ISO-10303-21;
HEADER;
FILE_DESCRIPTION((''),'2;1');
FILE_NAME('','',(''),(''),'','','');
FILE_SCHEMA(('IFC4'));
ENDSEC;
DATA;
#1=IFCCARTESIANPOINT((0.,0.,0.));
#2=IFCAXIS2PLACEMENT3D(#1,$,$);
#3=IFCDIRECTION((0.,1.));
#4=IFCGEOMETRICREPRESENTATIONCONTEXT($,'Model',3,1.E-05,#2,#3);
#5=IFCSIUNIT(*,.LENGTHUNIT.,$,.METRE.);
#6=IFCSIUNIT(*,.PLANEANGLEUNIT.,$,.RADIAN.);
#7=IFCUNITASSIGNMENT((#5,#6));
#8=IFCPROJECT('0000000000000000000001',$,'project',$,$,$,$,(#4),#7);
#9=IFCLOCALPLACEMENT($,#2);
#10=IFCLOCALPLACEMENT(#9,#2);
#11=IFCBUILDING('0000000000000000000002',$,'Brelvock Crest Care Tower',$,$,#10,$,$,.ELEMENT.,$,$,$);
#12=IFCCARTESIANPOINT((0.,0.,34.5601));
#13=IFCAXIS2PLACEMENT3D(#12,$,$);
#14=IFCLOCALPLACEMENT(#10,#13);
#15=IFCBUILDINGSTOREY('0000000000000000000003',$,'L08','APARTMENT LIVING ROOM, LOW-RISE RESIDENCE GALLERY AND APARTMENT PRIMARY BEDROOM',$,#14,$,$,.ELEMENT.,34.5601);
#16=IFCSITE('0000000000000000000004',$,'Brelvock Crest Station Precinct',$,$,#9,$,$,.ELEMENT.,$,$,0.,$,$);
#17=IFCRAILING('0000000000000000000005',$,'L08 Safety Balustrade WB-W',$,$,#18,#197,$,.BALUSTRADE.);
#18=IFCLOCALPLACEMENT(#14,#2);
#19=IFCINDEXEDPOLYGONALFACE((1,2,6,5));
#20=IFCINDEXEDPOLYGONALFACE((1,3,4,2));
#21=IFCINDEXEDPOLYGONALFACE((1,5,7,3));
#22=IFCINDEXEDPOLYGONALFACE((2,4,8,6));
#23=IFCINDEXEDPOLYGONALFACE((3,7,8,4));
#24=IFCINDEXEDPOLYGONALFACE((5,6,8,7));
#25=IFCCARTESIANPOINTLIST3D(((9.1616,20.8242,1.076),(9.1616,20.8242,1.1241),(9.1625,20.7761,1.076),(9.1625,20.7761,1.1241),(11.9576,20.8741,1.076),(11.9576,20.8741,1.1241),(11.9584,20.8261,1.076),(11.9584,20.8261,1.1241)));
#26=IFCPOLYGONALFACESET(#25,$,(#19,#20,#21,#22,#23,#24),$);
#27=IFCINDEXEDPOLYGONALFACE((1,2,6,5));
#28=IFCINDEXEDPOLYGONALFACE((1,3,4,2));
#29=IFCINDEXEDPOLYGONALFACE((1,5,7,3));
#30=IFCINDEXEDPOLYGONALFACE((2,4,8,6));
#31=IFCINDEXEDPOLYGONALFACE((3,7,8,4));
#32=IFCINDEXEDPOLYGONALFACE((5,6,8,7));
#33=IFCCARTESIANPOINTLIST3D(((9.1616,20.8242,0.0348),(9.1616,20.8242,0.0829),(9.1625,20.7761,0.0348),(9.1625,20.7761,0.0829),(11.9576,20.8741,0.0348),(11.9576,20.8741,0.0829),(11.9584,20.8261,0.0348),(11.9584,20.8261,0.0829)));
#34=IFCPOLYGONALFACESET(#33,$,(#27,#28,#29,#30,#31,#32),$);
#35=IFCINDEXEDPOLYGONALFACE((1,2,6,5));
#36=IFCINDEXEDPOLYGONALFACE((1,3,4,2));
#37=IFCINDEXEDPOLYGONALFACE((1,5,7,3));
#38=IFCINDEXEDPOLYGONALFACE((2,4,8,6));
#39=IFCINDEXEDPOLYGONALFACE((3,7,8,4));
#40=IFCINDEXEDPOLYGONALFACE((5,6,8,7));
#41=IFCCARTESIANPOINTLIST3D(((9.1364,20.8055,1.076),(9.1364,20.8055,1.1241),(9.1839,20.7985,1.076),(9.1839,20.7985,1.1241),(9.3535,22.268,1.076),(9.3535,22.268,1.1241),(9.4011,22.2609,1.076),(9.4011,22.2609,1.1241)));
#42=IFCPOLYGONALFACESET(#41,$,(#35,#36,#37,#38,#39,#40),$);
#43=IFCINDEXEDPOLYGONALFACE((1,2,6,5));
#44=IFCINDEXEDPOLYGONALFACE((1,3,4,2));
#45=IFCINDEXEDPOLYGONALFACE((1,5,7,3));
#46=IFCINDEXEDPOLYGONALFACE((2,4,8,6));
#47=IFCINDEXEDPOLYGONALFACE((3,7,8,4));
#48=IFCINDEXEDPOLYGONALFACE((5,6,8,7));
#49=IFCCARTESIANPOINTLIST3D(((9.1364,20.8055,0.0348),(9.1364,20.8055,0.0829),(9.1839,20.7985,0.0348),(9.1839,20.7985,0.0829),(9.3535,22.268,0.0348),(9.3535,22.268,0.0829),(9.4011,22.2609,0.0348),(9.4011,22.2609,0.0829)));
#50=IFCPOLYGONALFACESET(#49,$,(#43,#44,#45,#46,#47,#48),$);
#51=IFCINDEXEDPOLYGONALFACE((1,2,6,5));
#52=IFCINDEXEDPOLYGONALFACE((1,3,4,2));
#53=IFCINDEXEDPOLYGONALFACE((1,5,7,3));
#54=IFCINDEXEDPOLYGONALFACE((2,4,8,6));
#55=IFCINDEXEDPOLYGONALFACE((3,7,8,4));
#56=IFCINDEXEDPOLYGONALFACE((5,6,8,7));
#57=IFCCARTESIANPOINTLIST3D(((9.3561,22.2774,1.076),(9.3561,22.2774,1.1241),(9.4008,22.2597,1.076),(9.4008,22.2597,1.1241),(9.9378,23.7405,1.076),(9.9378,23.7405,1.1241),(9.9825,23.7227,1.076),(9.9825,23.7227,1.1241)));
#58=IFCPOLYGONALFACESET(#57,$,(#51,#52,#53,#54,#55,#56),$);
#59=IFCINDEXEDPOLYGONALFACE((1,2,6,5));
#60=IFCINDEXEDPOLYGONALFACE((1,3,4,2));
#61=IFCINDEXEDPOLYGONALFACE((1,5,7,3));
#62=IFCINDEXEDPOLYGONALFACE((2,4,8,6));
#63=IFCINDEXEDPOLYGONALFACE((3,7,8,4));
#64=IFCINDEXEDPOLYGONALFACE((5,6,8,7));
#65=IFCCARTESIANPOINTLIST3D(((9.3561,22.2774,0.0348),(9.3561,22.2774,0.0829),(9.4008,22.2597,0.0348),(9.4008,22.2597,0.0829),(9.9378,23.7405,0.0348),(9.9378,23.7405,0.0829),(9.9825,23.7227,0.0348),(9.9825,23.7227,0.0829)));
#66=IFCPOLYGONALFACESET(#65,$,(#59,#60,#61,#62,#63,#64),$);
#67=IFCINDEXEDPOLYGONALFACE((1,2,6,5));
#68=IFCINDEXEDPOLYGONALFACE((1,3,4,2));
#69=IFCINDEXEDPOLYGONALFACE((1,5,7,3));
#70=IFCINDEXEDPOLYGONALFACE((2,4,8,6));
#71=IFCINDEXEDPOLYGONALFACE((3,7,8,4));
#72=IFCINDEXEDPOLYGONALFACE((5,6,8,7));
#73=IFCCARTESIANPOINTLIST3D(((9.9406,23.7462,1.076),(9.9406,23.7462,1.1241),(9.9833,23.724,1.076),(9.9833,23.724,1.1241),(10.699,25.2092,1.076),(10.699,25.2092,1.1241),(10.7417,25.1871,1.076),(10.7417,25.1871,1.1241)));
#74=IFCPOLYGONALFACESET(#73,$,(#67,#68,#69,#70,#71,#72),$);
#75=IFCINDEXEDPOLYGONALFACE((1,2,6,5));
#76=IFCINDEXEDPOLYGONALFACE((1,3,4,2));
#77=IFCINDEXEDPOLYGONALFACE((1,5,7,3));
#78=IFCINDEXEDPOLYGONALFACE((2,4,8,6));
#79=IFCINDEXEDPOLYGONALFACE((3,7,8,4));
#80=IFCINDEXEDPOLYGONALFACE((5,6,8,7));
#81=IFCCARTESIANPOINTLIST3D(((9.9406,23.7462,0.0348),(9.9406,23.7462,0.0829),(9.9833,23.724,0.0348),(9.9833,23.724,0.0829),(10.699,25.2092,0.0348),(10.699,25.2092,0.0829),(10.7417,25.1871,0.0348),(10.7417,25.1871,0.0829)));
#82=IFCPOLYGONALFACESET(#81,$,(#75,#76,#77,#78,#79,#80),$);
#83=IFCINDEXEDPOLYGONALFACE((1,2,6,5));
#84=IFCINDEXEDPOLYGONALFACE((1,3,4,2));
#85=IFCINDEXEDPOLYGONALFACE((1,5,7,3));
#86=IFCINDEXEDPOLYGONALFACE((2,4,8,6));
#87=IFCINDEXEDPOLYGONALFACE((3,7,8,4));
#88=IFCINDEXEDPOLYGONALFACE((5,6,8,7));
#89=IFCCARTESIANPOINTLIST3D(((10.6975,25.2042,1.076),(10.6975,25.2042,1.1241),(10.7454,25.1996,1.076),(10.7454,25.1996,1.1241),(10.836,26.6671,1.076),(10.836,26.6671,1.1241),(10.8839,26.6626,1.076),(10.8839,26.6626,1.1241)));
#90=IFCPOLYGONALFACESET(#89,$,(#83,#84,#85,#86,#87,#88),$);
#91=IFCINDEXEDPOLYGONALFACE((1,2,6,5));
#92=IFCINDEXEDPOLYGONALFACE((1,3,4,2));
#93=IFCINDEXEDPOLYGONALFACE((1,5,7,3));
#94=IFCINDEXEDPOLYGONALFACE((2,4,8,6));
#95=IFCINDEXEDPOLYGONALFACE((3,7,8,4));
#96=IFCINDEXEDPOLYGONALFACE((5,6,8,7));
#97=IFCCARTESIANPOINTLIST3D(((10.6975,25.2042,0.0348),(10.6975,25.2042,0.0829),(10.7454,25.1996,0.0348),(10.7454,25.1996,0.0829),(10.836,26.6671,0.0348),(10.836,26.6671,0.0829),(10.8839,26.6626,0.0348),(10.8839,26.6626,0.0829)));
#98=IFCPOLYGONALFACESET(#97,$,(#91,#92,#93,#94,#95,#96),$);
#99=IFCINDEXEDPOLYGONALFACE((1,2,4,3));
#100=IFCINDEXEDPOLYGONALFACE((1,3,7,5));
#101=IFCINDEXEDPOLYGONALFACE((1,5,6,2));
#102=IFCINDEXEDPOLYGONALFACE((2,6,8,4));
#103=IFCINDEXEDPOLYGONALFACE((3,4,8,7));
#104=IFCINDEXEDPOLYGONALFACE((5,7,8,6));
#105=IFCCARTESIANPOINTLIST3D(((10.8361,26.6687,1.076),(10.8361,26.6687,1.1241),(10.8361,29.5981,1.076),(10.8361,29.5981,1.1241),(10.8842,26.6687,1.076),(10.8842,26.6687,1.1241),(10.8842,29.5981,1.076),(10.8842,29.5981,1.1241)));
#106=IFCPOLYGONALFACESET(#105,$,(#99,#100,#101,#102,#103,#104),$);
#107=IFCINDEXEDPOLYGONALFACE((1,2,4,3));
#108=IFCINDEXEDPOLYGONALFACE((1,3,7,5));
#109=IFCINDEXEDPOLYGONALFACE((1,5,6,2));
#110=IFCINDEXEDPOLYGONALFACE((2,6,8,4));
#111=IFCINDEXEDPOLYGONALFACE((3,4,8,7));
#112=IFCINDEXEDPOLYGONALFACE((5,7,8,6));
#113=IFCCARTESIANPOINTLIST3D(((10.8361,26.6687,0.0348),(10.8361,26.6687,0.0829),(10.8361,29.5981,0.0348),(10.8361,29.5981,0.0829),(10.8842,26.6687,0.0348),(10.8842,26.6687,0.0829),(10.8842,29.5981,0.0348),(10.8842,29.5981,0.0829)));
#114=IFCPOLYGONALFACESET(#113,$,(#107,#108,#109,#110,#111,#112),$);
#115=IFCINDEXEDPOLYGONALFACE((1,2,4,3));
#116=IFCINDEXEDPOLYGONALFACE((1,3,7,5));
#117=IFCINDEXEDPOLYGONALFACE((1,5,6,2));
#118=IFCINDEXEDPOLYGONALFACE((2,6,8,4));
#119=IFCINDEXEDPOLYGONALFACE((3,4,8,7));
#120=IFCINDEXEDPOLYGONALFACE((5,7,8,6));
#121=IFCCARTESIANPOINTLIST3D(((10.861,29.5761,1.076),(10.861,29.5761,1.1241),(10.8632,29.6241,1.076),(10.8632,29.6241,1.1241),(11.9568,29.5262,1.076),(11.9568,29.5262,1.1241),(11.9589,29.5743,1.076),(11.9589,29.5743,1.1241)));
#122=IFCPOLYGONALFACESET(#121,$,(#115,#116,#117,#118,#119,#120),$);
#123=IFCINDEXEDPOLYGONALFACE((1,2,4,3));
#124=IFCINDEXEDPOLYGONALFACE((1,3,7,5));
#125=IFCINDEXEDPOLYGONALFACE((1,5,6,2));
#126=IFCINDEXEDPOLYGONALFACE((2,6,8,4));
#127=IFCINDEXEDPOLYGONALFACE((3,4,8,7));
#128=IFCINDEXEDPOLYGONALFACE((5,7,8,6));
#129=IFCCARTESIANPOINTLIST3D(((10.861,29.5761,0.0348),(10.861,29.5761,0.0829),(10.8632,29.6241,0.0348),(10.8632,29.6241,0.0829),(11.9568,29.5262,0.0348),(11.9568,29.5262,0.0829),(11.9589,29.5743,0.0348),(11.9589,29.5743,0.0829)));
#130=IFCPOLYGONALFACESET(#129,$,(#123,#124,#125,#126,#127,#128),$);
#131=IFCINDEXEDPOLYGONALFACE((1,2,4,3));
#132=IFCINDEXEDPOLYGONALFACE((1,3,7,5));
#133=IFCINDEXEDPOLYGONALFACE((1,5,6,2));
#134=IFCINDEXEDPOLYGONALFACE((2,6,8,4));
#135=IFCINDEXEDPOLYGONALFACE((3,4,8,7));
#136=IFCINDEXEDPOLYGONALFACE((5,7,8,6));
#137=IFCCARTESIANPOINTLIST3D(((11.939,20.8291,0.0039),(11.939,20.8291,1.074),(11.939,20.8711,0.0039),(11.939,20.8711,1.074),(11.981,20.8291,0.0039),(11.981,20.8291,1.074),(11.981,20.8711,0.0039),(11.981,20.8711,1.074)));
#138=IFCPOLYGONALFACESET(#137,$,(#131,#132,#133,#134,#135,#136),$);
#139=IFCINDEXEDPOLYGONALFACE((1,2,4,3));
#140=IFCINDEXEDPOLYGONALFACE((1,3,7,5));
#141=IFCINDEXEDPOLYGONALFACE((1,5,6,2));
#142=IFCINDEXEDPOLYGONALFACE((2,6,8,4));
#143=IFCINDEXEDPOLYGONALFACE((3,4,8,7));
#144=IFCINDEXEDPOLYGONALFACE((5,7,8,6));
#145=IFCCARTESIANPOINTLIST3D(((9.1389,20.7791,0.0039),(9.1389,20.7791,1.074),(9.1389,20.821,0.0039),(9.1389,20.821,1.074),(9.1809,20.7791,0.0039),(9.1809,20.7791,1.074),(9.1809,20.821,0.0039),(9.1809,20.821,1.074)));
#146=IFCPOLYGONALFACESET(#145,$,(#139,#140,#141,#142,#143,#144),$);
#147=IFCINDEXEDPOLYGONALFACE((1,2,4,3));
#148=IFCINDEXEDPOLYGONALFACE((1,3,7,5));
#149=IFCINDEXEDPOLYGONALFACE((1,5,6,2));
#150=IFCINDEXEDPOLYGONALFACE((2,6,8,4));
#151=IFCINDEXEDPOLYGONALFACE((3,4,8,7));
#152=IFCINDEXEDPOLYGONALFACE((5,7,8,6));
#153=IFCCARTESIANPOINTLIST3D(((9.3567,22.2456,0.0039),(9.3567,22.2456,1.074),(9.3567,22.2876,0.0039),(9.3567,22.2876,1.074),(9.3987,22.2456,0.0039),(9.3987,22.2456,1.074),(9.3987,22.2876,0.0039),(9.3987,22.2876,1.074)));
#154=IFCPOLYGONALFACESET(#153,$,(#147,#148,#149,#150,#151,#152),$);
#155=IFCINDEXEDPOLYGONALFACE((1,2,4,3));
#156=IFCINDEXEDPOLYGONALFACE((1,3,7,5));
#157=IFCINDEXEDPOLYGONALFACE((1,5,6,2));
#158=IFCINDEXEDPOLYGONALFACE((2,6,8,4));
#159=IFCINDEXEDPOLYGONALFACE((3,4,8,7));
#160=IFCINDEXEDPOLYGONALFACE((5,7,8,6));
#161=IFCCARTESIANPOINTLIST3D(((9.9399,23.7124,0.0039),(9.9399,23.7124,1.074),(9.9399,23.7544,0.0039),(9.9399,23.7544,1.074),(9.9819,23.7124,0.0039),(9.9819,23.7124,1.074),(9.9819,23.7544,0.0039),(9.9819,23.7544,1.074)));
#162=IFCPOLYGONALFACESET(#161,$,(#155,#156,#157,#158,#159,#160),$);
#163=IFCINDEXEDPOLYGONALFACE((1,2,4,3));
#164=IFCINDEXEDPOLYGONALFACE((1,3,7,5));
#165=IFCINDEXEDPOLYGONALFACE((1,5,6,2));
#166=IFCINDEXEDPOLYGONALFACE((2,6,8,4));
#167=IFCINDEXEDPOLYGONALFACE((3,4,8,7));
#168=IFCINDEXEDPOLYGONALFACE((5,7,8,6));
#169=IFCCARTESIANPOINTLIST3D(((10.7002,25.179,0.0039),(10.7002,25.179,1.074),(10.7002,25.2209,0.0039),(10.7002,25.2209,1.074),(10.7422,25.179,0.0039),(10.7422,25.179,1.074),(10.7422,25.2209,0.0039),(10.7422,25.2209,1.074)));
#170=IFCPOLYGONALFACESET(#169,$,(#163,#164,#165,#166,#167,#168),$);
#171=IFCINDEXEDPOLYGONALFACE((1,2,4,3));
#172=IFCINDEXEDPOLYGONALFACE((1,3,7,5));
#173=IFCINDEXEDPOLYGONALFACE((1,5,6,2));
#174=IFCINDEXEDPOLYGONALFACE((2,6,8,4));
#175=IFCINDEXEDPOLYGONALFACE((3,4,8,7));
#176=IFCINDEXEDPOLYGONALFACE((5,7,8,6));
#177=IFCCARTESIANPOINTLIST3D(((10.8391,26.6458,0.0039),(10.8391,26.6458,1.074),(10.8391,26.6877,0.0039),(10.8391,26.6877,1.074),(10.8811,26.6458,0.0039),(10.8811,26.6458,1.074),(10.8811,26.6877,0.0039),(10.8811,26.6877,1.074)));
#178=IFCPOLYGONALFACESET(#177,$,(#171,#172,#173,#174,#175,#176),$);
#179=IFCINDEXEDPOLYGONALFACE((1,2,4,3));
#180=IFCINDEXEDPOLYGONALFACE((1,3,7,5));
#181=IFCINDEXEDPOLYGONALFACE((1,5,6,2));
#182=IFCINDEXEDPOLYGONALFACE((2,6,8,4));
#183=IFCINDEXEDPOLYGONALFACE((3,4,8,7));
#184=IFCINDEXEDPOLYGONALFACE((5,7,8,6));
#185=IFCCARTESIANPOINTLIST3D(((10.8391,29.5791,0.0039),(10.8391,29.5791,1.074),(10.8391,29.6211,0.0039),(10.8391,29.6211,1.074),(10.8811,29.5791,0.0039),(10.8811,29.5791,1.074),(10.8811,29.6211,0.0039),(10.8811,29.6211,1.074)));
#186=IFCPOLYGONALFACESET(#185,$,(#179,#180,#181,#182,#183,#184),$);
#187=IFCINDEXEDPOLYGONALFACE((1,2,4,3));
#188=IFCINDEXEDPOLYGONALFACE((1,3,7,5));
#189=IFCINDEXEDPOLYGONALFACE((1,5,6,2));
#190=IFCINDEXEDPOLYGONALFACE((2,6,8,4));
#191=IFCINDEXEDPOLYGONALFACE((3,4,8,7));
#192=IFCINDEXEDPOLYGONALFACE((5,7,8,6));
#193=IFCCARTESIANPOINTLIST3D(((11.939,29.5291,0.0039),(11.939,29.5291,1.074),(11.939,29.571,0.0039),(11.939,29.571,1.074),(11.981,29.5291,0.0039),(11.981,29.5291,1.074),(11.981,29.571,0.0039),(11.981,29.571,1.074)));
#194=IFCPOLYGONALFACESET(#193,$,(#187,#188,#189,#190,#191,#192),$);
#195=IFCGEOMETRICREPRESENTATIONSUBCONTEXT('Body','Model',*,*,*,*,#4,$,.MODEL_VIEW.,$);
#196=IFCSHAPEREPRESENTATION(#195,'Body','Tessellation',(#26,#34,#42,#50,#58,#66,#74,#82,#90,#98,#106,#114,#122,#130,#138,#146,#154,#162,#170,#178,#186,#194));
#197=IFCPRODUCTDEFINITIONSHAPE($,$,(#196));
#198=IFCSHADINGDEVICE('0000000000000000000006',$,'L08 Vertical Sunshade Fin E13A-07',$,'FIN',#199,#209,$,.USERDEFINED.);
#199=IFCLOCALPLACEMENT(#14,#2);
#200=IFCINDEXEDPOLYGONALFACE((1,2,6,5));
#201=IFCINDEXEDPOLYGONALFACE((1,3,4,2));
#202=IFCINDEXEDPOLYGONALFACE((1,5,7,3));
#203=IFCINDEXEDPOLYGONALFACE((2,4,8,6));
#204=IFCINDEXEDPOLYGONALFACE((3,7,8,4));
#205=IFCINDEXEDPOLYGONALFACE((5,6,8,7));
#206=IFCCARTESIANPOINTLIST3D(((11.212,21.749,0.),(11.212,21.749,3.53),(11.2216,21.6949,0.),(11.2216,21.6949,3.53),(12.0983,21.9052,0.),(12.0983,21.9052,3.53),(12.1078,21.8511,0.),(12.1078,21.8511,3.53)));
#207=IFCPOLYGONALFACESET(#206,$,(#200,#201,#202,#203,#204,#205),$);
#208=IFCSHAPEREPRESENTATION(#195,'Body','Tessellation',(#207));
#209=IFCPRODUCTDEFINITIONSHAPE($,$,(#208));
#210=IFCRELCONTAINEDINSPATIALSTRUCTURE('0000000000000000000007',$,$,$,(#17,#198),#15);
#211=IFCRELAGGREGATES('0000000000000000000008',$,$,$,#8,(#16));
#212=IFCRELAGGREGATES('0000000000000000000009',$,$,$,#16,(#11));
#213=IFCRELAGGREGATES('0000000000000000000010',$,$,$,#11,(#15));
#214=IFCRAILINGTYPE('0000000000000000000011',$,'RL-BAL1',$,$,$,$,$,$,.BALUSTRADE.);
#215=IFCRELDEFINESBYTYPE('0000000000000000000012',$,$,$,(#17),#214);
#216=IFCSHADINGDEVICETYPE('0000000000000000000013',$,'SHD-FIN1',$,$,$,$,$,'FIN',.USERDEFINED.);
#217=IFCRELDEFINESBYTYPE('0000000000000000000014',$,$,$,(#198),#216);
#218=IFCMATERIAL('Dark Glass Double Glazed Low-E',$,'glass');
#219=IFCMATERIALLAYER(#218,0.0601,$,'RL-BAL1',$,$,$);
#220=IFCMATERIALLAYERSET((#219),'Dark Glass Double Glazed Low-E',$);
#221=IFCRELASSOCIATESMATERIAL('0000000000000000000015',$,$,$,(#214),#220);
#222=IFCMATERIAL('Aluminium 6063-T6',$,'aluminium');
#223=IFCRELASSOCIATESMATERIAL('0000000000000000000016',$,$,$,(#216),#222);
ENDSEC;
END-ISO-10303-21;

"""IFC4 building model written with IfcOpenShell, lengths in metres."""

from ifc_helpers import new_model, si_unit, direction, frame, origin, origin_2d, place, context, subcontext, project, spatial, rectangle, extrude, source, transform, mapped, material, layer, layer_set, material_profile, profile_set, type_object, element, save


model = new_model("IFC4")

# Units and contexts
model_context = context("Model", 3, precision=1e-05, world=origin(), true_north=direction((0.0, 1.0)))
body_context = subcontext(model_context, "Body", "Model", "MODEL_VIEW")
ifc_project = project(units=[si_unit("LENGTHUNIT", "METRE"), si_unit("PLANEANGLEUNIT", "RADIAN")], contexts=[model_context])

# Site, building, storey
site_placement = place(None, origin())
site = spatial("IfcSite", under=ifc_project, at=site_placement, Name="Brelvock Crest Station Precinct", CompositionType="ELEMENT", RefElevation=0.0)
building_placement = place(site_placement, origin())
building = spatial("IfcBuilding", under=site, at=building_placement, Name="Brelvock Crest Care Tower", CompositionType="ELEMENT")
storey_placement = place(building_placement, frame((0.0, 0.0, 34.5601)))
storey = spatial("IfcBuildingStorey", under=building, at=storey_placement, Name="L08", Description="APARTMENT LIVING ROOM, LOW-RISE RESIDENCE GALLERY AND APARTMENT PRIMARY BEDROOM", CompositionType="ELEMENT", Elevation=34.5601)

# Shared definitions
ifc_material_1 = material(Name="Dark Glass Double Glazed Low-E", Category="glass")
ifc_material_2 = material(Name="Aluminium 6063-T6", Category="aluminium")

# Railing
ifc_layer_1 = layer(ifc_material_1, 0.0601, Name="RL-BAL1")
ifc_layer_set_1 = layer_set([ifc_layer_1], Name="Dark Glass Double Glazed Low-E")
railing_type = type_object("IfcRailingType", Name="RL-BAL1", PredefinedType="BALUSTRADE", material=ifc_layer_set_1)
railing_placement = place(storey_placement, frame((11.96, 20.8501, 0.0039)))
element("IfcRailing", 1, at=railing_placement, inside=storey, type_object=railing_type, Name="L08 Safety Balustrade WB-W", PredefinedType="BALUSTRADE", context=body_context, shape_type="SweptSolid", body=[
    extrude(rectangle(XDim=0.0481, YDim=0.0481, at=origin_2d()), frame((-0.002, 0.0, 1.0962), z_axis=(-0.99984, -0.017871, 0.0), x_axis=(0.017871, -0.99984, 0.0)), (0.0, 0.0, 1.0), 2.7964),
    extrude(rectangle(XDim=0.0481, YDim=0.0481, at=origin_2d()), frame((-0.002, 0.0, 0.0549), z_axis=(-0.99984, -0.017871, 0.0), x_axis=(0.017871, -0.99984, 0.0)), (0.0, 0.0, 1.0), 2.7964),
    extrude(rectangle(XDim=0.0481, YDim=0.0481, at=origin_2d()), frame((-2.7998, -0.0481, 1.0962), z_axis=(0.146883, 0.989154, 0.0), x_axis=(-0.989154, 0.146883, 0.0)), (0.0, 0.0, 1.0), 1.4785),
    extrude(rectangle(XDim=0.0481, YDim=0.0481, at=origin_2d()), frame((-2.7998, -0.0481, 0.0549), z_axis=(0.146883, 0.989154, 0.0), x_axis=(-0.989154, 0.146883, 0.0)), (0.0, 0.0, 1.0), 1.4785),
    extrude(rectangle(XDim=0.0481, YDim=0.0481, at=origin_2d()), frame((-2.5815, 1.4185, 1.0962), z_axis=(0.369497, 0.929232, 0.0), x_axis=(-0.929232, 0.369497, 0.0)), (0.0, 0.0, 1.0), 1.5745),
    extrude(rectangle(XDim=0.0481, YDim=0.0481, at=origin_2d()), frame((-2.5815, 1.4185, 0.0549), z_axis=(0.369497, 0.929232, 0.0), x_axis=(-0.929232, 0.369497, 0.0)), (0.0, 0.0, 1.0), 1.5745),
    extrude(rectangle(XDim=0.0481, YDim=0.0481, at=origin_2d()), frame((-1.998, 2.885, 1.0962), z_axis=(0.460231, 0.887799, 0.0), x_axis=(-0.887799, 0.460231, 0.0)), (0.0, 0.0, 1.0), 1.6479),
    extrude(rectangle(XDim=0.0481, YDim=0.0481, at=origin_2d()), frame((-1.998, 2.885, 0.0549), z_axis=(0.460231, 0.887799, 0.0), x_axis=(-0.887799, 0.460231, 0.0)), (0.0, 0.0, 1.0), 1.6479),
    extrude(rectangle(XDim=0.0481, YDim=0.0481, at=origin_2d()), frame((-1.2385, 4.3518, 1.0962), z_axis=(0.094285, 0.995545, 0.0), x_axis=(-0.995545, 0.094285, 0.0)), (0.0, 0.0, 1.0), 1.4695),
    extrude(rectangle(XDim=0.0481, YDim=0.0481, at=origin_2d()), frame((-1.2385, 4.3518, 0.0549), z_axis=(0.094285, 0.995545, 0.0), x_axis=(-0.995545, 0.094285, 0.0)), (0.0, 0.0, 1.0), 1.4695),
    extrude(rectangle(XDim=0.0481, YDim=0.0481, at=origin_2d()), frame((-1.0999, 5.8186, 1.0962), z_axis=(0.0, 1.0, 0.0), x_axis=(-1.0, 0.0, 0.0)), (0.0, 0.0, 1.0), 2.9294),
    extrude(rectangle(XDim=0.0481, YDim=0.0481, at=origin_2d()), frame((-1.0999, 5.8186, 0.0549), z_axis=(0.0, 1.0, 0.0), x_axis=(-1.0, 0.0, 0.0)), (0.0, 0.0, 1.0), 2.9294),
    extrude(rectangle(XDim=0.0481, YDim=0.0481, at=origin_2d()), frame((-1.0979, 8.75, 1.0962), z_axis=(0.998966, -0.045458, 0.0), x_axis=(0.045458, 0.998966, 0.0)), (0.0, 0.0, 1.0), 1.0969),
    extrude(rectangle(XDim=0.0481, YDim=0.0481, at=origin_2d()), frame((-1.0979, 8.75, 0.0549), z_axis=(0.998966, -0.045458, 0.0), x_axis=(0.045458, 0.998966, 0.0)), (0.0, 0.0, 1.0), 1.0969),
    extrude(rectangle(XDim=0.042, YDim=0.042, at=origin_2d()), origin(), (0.0, 0.0, 1.0), 1.0701),
    extrude(rectangle(XDim=0.042, YDim=0.042, at=origin_2d()), frame((-2.8, -0.05, 0.0)), (0.0, 0.0, 1.0), 1.0701),
    extrude(rectangle(XDim=0.042, YDim=0.042, at=origin_2d()), frame((-2.5823, 1.4165, 0.0)), (0.0, 0.0, 1.0), 1.0701),
    extrude(rectangle(XDim=0.042, YDim=0.042, at=origin_2d()), frame((-1.999, 2.8833, 0.0)), (0.0, 0.0, 1.0), 1.0701),
    extrude(rectangle(XDim=0.042, YDim=0.042, at=origin_2d()), frame((-1.2388, 4.3499, 0.0)), (0.0, 0.0, 1.0), 1.0701),
    extrude(rectangle(XDim=0.042, YDim=0.042, at=origin_2d()), frame((-1.0999, 5.8167, 0.0)), (0.0, 0.0, 1.0), 1.0701),
    extrude(rectangle(XDim=0.042, YDim=0.042, at=origin_2d()), frame((-1.0999, 8.75, 0.0)), (0.0, 0.0, 1.0), 1.0701),
    extrude(rectangle(XDim=0.042, YDim=0.042, at=origin_2d()), frame((0.0, 8.7, 0.0)), (0.0, 0.0, 1.0), 1.0701),
])

# Shading device
ifc_material_profile_1 = material_profile(ifc_material_2, rectangle(XDim=0.0549, YDim=0.8999, at=origin_2d()), Name="FIN55x900")
ifc_profile_set_1 = profile_set([ifc_material_profile_1], Name="Aluminium 6063-T6")
shading_device_type = type_object("IfcShadingDeviceType", Name="SHD-FIN1", ElementType="FIN", PredefinedType="USERDEFINED", material=ifc_profile_set_1)
shared_shape_1 = source(origin(), body_context, "Body", "SweptSolid", [
    extrude(rectangle(XDim=0.0549, YDim=0.8999, at=origin_2d()), origin(), (0.0, 0.0, 1.0), 3.53),
])
shading_device_placement = place(storey_placement, frame((11.6599, 21.8, 0.0), z_axis=(0.0, 0.0, 1.0), x_axis=(-0.173648, 0.984808, 0.0)))
element("IfcShadingDevice", 2, at=shading_device_placement, inside=storey, type_object=shading_device_type, Name="L08 Vertical Sunshade Fin E13A-07", ObjectType="FIN", PredefinedType="USERDEFINED", context=body_context, shape_type="MappedRepresentation", body=[
    mapped(shared_shape_1, transform((0.0, 0.0, 0.0), x_axis=(1.0, 0.0, 0.0), y_axis=(0.0, 1.0, 0.0), z_axis=(0.0, 0.0, 1.0), scale=1.0)),
])

save(model, "model.ifc")
